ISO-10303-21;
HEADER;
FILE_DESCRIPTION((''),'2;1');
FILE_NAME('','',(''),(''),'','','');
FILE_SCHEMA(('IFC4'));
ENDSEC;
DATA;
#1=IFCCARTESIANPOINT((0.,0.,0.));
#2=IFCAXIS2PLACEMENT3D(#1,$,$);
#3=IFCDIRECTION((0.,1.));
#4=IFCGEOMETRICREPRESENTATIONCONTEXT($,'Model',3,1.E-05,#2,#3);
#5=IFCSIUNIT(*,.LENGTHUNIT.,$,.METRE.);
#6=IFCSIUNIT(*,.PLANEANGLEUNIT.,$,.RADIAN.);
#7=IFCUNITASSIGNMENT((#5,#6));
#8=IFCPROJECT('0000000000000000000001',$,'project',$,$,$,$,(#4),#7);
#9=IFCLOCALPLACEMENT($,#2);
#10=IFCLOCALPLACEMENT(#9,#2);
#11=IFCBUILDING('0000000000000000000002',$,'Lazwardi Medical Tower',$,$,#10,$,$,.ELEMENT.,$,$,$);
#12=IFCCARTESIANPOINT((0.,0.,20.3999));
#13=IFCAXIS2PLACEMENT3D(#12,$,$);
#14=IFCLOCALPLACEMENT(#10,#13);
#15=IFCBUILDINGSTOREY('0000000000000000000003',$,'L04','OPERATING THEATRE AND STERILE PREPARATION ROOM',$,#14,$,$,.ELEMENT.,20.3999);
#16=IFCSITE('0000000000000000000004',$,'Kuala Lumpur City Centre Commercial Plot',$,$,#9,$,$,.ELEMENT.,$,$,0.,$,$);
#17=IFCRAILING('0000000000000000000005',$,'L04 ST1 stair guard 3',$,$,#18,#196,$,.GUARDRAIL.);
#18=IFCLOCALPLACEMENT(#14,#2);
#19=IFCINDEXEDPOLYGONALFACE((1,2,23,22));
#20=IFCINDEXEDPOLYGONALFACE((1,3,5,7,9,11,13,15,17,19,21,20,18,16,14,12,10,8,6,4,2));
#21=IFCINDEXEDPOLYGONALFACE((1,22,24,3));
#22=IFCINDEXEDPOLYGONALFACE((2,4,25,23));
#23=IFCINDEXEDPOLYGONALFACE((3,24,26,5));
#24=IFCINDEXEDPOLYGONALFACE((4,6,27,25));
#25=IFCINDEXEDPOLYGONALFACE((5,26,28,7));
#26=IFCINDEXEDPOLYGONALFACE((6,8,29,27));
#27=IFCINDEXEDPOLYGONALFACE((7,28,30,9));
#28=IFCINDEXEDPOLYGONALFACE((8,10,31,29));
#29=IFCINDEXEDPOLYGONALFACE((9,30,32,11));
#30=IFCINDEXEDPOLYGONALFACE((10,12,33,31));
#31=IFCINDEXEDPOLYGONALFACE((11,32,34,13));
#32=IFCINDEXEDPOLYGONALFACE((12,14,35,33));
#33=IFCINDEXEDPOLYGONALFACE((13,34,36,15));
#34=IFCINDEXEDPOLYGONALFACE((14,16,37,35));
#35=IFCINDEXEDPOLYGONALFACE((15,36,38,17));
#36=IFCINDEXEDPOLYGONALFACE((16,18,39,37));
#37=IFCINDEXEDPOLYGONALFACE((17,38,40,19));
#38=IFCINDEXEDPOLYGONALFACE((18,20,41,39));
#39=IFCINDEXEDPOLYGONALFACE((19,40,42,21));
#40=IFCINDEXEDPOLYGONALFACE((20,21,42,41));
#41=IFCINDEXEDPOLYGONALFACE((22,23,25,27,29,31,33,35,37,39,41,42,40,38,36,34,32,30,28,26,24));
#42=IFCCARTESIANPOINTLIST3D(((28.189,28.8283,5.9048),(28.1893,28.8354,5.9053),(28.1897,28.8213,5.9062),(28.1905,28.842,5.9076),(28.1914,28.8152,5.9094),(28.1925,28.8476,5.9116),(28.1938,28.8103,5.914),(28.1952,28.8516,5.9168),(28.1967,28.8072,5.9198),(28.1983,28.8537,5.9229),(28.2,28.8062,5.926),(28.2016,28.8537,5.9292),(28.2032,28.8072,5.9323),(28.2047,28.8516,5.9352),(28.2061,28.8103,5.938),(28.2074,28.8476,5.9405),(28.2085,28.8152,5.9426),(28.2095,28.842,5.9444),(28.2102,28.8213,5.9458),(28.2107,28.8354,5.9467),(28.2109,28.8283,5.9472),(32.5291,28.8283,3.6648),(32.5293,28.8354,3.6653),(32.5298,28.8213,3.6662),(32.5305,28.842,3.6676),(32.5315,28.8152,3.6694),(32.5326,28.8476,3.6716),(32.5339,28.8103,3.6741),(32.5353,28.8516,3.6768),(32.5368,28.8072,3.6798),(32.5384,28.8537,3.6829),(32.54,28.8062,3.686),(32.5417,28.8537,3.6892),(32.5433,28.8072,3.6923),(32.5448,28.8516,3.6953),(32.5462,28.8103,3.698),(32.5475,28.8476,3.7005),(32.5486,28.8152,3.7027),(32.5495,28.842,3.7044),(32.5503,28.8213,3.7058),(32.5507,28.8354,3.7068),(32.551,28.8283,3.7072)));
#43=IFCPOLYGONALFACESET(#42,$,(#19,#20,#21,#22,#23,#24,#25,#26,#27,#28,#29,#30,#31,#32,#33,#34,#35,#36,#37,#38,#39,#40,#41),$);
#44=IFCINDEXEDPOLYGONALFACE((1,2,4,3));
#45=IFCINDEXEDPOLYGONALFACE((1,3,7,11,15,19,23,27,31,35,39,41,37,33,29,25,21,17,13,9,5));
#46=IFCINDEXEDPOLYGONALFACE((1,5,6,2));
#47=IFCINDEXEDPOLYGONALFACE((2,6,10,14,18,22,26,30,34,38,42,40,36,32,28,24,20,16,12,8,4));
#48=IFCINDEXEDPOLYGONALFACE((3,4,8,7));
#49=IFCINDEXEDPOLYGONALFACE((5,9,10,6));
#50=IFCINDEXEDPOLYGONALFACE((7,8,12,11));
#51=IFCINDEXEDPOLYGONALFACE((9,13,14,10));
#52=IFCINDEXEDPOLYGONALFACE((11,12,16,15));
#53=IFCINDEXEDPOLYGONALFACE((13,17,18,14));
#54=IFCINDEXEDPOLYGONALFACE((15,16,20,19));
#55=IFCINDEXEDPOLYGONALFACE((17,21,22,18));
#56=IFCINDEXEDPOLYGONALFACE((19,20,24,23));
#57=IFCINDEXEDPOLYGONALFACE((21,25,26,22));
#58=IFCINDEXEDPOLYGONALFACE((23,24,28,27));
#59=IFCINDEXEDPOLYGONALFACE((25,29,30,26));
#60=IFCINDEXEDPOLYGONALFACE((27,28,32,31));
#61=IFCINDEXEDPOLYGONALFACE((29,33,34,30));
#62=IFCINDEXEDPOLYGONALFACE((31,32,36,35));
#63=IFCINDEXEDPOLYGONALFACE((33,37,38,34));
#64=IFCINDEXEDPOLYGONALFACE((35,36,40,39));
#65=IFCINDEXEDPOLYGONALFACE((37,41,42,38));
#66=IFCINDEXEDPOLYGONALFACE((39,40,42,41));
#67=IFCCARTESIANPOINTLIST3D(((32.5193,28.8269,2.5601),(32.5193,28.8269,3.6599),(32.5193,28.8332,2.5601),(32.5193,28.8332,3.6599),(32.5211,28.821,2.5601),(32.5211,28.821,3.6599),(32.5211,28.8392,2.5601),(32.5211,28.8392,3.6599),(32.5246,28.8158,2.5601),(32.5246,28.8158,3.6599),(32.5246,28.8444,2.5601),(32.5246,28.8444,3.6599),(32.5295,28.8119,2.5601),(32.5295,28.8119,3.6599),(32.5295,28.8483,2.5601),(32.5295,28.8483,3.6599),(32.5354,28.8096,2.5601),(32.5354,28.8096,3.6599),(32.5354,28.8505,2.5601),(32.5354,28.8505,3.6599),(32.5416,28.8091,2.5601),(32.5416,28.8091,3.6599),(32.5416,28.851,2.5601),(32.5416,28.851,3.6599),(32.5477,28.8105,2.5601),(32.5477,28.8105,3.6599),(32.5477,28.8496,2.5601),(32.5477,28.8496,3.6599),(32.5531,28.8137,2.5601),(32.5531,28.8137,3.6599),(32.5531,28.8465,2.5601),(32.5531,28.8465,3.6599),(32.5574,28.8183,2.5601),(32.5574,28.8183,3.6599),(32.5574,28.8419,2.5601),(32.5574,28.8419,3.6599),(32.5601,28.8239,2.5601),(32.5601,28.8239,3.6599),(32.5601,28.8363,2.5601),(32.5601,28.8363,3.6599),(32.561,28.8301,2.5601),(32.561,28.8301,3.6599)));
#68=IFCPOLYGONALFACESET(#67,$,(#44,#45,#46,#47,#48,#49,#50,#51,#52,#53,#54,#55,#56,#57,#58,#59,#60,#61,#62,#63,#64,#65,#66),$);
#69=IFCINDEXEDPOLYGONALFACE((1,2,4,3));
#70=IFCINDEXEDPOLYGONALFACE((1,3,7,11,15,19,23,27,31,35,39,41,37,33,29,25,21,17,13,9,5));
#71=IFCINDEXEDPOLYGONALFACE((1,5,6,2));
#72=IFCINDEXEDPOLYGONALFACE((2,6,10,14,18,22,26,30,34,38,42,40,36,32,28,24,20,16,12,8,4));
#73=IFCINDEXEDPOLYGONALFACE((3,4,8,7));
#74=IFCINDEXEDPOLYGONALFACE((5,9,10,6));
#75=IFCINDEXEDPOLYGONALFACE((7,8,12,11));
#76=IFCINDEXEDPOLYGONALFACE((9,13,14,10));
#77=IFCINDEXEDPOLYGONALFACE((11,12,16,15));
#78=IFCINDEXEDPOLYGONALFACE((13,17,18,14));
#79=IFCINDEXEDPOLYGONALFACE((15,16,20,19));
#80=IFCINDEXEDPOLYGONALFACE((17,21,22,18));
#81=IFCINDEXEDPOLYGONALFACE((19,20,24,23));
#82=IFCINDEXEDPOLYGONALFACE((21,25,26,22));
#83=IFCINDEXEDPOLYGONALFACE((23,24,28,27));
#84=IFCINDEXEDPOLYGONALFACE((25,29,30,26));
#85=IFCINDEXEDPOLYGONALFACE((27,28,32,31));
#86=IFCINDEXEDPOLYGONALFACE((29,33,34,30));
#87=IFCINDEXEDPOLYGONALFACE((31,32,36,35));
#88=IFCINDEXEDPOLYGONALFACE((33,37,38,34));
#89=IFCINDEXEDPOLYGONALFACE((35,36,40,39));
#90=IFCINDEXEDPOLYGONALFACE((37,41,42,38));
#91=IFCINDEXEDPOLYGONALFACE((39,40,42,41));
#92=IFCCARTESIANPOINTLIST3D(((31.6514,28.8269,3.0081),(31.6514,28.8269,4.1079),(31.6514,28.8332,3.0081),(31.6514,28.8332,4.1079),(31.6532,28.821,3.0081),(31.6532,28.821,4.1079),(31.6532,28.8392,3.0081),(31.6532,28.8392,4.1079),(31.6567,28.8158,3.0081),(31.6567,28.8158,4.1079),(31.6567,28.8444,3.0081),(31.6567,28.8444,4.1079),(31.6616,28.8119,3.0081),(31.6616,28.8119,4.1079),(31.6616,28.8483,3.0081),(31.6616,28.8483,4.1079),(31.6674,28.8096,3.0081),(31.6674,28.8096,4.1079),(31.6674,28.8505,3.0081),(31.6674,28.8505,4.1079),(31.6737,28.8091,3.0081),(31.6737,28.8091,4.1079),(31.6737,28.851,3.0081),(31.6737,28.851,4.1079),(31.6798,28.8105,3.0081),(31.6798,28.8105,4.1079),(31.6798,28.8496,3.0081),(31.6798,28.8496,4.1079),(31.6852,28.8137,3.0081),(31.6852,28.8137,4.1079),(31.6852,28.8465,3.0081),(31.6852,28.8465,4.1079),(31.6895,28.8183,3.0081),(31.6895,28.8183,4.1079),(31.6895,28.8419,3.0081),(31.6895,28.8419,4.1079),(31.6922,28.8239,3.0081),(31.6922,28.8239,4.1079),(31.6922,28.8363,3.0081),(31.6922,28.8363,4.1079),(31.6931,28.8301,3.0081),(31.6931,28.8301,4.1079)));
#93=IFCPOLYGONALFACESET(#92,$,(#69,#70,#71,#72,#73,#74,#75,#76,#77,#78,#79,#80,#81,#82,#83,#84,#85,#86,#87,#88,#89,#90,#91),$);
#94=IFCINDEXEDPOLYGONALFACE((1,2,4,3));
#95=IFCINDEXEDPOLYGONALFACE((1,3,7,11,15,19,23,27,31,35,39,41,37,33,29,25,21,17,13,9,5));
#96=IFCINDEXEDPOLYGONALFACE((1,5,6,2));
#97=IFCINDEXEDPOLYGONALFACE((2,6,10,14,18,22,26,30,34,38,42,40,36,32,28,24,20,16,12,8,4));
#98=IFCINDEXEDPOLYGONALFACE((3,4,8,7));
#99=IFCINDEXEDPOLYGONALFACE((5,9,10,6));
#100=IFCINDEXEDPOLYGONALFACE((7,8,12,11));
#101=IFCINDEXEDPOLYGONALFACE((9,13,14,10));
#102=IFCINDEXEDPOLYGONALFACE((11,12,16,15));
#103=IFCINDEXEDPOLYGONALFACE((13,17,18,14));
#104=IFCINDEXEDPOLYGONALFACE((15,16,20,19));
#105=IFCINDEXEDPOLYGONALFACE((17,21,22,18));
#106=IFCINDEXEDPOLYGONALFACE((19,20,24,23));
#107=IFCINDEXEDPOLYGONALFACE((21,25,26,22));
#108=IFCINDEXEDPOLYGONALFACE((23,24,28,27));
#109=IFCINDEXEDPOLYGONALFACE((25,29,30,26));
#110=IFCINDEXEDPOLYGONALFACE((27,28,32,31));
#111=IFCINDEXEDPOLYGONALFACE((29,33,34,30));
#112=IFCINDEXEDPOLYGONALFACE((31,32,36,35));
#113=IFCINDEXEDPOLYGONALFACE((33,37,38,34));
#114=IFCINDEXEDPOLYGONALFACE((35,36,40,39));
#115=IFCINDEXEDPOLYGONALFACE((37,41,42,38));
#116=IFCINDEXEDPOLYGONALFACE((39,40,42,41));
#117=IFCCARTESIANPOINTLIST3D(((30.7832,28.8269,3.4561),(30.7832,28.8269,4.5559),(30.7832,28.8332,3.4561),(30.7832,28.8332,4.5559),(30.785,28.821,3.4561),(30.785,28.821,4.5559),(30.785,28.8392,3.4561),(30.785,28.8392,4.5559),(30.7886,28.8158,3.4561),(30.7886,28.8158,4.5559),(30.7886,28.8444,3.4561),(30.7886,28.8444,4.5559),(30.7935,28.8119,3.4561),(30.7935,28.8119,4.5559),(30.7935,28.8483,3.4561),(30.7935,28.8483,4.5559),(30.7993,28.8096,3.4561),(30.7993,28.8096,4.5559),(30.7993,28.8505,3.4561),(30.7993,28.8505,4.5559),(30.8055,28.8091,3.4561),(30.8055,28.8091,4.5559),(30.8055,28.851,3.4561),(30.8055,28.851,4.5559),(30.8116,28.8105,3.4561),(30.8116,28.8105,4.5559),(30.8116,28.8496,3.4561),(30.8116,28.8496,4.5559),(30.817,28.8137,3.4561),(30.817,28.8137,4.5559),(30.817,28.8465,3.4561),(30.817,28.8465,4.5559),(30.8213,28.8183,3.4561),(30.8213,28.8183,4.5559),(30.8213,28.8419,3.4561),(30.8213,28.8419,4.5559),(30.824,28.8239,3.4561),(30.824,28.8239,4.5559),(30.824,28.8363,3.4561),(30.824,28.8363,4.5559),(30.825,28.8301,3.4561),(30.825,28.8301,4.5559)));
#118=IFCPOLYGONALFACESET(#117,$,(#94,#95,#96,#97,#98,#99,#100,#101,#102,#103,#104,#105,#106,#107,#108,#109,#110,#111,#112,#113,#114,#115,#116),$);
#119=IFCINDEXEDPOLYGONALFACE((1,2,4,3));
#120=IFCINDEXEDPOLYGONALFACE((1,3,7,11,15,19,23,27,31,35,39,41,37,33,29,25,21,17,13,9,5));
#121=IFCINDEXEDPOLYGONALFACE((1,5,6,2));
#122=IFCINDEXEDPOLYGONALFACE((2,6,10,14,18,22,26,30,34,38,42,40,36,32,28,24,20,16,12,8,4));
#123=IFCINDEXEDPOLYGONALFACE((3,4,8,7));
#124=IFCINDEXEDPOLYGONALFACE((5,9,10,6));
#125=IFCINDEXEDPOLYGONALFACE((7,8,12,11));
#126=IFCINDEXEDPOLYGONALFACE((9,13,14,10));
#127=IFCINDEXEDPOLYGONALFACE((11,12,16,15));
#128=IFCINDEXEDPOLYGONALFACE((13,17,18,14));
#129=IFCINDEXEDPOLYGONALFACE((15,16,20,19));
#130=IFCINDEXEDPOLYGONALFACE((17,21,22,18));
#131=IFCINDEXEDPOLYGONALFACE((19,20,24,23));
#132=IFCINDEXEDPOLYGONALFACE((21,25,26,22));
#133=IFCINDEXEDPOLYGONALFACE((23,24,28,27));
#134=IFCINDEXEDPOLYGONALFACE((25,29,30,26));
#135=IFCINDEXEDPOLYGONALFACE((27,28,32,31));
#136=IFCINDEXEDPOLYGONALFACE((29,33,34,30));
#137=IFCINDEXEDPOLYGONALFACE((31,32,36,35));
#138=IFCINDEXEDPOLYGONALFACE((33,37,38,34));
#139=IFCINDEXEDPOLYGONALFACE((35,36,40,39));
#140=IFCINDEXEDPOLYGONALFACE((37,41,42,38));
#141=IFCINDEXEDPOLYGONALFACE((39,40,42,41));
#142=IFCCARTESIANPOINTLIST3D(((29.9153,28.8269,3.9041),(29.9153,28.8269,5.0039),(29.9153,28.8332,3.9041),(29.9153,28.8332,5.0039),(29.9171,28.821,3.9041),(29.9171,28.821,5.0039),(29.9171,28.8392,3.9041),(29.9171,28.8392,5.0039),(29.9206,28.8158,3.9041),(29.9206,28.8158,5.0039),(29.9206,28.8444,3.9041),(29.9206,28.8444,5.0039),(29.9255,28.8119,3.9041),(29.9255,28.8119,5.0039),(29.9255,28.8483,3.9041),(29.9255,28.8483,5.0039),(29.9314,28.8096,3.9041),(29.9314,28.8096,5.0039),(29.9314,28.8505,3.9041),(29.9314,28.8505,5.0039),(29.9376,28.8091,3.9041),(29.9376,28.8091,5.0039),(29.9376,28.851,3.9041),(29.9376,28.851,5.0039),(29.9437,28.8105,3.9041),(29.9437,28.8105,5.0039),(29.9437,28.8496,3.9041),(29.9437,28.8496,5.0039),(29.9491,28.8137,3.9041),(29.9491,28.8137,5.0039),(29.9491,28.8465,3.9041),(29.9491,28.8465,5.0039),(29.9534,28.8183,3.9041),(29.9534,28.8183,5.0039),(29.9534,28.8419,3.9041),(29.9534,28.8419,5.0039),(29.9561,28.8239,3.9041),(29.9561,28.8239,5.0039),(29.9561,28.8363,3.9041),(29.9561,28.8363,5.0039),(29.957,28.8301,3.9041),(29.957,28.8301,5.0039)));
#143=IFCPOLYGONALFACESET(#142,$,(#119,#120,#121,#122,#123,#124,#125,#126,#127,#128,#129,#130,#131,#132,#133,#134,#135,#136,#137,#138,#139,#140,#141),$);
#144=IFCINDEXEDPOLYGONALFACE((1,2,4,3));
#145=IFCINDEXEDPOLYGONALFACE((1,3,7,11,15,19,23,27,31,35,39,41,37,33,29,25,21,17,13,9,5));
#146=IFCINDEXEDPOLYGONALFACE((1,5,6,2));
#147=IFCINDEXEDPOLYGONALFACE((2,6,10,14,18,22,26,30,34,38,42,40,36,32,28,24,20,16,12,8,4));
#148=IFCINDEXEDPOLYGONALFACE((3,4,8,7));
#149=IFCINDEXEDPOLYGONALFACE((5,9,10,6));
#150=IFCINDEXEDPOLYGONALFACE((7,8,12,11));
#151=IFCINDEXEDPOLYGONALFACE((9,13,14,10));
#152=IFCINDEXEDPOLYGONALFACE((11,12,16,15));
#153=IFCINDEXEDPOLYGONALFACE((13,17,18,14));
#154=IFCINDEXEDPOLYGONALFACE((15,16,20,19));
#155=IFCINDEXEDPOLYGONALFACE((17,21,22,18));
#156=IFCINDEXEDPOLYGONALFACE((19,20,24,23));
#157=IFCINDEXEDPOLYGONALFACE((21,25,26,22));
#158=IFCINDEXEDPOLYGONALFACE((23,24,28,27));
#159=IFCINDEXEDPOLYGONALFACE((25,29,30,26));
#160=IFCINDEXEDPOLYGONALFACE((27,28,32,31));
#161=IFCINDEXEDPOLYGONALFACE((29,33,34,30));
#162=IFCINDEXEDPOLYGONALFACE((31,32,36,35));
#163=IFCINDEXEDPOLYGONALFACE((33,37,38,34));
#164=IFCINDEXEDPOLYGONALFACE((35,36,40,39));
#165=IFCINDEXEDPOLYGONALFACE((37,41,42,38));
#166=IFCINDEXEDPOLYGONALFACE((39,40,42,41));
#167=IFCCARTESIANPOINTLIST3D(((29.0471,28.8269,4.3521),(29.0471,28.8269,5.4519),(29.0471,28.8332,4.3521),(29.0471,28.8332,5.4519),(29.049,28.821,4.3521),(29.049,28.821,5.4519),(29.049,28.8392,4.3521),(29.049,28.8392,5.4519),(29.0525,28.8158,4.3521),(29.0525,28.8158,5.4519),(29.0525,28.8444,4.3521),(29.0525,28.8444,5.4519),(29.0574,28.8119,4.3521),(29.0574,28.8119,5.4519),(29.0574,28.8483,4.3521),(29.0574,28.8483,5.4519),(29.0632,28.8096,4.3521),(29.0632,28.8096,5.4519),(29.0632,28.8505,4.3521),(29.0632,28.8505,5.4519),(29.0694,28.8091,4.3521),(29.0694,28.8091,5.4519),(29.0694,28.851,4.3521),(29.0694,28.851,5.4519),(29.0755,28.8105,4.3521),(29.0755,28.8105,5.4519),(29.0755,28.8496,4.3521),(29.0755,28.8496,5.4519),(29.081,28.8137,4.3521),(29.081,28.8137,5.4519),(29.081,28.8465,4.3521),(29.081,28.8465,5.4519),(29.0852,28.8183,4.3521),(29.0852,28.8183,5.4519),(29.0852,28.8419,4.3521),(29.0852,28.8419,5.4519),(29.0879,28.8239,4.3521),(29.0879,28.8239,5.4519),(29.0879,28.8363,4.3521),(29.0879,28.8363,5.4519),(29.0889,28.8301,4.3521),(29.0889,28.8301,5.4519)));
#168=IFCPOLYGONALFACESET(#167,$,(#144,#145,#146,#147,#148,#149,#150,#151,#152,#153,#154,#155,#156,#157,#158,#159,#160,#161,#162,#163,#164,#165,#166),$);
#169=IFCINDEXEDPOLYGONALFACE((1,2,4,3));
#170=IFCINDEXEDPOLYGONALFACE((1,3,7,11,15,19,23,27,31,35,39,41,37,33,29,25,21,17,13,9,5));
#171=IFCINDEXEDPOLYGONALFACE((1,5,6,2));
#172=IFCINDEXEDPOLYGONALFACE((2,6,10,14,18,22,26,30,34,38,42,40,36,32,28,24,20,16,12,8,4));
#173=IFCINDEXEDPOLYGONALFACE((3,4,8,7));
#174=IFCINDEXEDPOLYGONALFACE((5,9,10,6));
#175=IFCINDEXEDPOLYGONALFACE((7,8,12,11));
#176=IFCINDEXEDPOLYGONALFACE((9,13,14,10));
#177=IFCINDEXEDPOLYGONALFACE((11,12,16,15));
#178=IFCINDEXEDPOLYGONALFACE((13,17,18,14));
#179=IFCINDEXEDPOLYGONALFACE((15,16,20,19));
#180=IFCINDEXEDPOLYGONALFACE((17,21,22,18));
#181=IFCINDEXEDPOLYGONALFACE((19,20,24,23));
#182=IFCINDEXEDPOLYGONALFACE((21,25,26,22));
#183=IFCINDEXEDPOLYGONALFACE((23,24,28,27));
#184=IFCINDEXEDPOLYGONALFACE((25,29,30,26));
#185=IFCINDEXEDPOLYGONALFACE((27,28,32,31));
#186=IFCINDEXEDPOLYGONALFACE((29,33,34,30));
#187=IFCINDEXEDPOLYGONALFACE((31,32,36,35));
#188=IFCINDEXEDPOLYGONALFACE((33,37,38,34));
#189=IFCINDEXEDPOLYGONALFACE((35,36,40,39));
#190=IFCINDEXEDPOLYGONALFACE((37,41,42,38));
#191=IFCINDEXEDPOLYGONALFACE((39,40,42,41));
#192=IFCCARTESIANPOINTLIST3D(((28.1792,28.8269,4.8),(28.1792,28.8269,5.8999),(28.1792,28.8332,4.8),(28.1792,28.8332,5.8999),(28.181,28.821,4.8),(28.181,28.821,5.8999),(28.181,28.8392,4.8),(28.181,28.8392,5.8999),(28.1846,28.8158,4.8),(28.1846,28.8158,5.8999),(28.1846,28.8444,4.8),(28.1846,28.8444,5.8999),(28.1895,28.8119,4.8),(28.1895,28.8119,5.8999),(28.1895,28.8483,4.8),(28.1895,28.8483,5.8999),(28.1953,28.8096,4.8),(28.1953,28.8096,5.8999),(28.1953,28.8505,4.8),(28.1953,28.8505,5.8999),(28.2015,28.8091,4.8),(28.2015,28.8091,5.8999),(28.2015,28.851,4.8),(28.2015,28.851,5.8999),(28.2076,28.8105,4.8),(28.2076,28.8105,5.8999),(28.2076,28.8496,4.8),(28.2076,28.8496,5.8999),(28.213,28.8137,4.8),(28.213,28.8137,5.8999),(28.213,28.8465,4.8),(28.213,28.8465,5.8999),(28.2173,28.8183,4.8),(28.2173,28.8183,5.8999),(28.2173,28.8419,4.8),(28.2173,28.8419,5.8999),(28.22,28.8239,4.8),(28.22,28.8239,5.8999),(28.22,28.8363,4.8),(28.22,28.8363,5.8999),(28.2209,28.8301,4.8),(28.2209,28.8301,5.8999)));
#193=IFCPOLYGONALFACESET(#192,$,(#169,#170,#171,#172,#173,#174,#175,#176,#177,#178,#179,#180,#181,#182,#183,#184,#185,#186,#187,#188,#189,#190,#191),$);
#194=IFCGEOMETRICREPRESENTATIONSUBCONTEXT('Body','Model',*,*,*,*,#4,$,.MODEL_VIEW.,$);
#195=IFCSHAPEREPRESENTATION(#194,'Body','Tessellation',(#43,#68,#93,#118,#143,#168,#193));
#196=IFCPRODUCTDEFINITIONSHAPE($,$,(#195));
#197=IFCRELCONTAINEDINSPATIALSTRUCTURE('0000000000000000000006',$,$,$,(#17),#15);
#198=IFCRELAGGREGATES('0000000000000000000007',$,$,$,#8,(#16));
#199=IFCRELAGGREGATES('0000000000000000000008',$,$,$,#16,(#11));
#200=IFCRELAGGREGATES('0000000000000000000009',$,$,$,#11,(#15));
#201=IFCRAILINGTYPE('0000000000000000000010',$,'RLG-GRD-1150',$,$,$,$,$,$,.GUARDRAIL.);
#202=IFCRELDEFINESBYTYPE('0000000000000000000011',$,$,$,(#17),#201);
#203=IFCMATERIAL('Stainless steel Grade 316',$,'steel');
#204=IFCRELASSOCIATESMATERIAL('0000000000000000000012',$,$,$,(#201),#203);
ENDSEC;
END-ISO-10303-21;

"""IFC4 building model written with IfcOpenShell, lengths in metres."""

from ifc_helpers import new_model, si_unit, direction, frame, origin, origin_2d, place, context, subcontext, project, spatial, circle, extrude, material, type_object, element, save


model = new_model("IFC4")

# Units and contexts
model_context = context("Model", 3, precision=1e-05, world=origin(), true_north=direction((0.0, 1.0)))
body_context = subcontext(model_context, "Body", "Model", "MODEL_VIEW")
ifc_project = project(units=[si_unit("LENGTHUNIT", "METRE"), si_unit("PLANEANGLEUNIT", "RADIAN")], contexts=[model_context])

# Site, building, storey
site_placement = place(None, origin())
site = spatial("IfcSite", under=ifc_project, at=site_placement, Name="Kuala Lumpur City Centre Commercial Plot", CompositionType="ELEMENT", RefElevation=0.0)
building_placement = place(site_placement, origin())
building = spatial("IfcBuilding", under=site, at=building_placement, Name="Lazwardi Medical Tower", CompositionType="ELEMENT")
storey_placement = place(building_placement, frame((0.0, 0.0, 20.3999)))
storey = spatial("IfcBuildingStorey", under=building, at=storey_placement, Name="L04", Description="OPERATING THEATRE AND STERILE PREPARATION ROOM", CompositionType="ELEMENT", Elevation=20.3999)

# Railing
ifc_material_1 = material(Name="Stainless steel Grade 316", Category="steel")
railing_type_1 = type_object("IfcRailingType", Name="RLG-GRD-1150", PredefinedType="GUARDRAIL", material=ifc_material_1)
railing_1_placement = place(storey_placement, frame((32.54, 28.8301, 2.5601)))
element("IfcRailing", 1, at=railing_1_placement, inside=storey, type_object=railing_type_1, Name="L04 ST1 stair guard 3", PredefinedType="GUARDRAIL", context=body_context, shape_type="SweptSolid", body=[
    extrude(circle(Radius=0.0239, at=origin_2d()), frame((0.0, 0.0, 1.126), z_axis=(-0.888625, 0.0, 0.458634), x_axis=(0.0, -1.0, 0.0)), (0.0, 0.0, 1.0), 4.884),
    extrude(circle(Radius=0.021, at=origin_2d()), origin(), (0.0, 0.0, 1.0), 1.0999),
    extrude(circle(Radius=0.021, at=origin_2d()), frame((-0.8679, 0.0, 0.448)), (0.0, 0.0, 1.0), 1.0999),
    extrude(circle(Radius=0.021, at=origin_2d()), frame((-1.7361, 0.0, 0.896)), (0.0, 0.0, 1.0), 1.0999),
    extrude(circle(Radius=0.021, at=origin_2d()), frame((-2.604, 0.0, 1.344)), (0.0, 0.0, 1.0), 1.0999),
    extrude(circle(Radius=0.021, at=origin_2d()), frame((-3.4722, 0.0, 1.792)), (0.0, 0.0, 1.0), 1.0999),
    extrude(circle(Radius=0.021, at=origin_2d()), frame((-4.3401, 0.0, 2.24)), (0.0, 0.0, 1.0), 1.0999),
])

save(model, "model.ifc")
